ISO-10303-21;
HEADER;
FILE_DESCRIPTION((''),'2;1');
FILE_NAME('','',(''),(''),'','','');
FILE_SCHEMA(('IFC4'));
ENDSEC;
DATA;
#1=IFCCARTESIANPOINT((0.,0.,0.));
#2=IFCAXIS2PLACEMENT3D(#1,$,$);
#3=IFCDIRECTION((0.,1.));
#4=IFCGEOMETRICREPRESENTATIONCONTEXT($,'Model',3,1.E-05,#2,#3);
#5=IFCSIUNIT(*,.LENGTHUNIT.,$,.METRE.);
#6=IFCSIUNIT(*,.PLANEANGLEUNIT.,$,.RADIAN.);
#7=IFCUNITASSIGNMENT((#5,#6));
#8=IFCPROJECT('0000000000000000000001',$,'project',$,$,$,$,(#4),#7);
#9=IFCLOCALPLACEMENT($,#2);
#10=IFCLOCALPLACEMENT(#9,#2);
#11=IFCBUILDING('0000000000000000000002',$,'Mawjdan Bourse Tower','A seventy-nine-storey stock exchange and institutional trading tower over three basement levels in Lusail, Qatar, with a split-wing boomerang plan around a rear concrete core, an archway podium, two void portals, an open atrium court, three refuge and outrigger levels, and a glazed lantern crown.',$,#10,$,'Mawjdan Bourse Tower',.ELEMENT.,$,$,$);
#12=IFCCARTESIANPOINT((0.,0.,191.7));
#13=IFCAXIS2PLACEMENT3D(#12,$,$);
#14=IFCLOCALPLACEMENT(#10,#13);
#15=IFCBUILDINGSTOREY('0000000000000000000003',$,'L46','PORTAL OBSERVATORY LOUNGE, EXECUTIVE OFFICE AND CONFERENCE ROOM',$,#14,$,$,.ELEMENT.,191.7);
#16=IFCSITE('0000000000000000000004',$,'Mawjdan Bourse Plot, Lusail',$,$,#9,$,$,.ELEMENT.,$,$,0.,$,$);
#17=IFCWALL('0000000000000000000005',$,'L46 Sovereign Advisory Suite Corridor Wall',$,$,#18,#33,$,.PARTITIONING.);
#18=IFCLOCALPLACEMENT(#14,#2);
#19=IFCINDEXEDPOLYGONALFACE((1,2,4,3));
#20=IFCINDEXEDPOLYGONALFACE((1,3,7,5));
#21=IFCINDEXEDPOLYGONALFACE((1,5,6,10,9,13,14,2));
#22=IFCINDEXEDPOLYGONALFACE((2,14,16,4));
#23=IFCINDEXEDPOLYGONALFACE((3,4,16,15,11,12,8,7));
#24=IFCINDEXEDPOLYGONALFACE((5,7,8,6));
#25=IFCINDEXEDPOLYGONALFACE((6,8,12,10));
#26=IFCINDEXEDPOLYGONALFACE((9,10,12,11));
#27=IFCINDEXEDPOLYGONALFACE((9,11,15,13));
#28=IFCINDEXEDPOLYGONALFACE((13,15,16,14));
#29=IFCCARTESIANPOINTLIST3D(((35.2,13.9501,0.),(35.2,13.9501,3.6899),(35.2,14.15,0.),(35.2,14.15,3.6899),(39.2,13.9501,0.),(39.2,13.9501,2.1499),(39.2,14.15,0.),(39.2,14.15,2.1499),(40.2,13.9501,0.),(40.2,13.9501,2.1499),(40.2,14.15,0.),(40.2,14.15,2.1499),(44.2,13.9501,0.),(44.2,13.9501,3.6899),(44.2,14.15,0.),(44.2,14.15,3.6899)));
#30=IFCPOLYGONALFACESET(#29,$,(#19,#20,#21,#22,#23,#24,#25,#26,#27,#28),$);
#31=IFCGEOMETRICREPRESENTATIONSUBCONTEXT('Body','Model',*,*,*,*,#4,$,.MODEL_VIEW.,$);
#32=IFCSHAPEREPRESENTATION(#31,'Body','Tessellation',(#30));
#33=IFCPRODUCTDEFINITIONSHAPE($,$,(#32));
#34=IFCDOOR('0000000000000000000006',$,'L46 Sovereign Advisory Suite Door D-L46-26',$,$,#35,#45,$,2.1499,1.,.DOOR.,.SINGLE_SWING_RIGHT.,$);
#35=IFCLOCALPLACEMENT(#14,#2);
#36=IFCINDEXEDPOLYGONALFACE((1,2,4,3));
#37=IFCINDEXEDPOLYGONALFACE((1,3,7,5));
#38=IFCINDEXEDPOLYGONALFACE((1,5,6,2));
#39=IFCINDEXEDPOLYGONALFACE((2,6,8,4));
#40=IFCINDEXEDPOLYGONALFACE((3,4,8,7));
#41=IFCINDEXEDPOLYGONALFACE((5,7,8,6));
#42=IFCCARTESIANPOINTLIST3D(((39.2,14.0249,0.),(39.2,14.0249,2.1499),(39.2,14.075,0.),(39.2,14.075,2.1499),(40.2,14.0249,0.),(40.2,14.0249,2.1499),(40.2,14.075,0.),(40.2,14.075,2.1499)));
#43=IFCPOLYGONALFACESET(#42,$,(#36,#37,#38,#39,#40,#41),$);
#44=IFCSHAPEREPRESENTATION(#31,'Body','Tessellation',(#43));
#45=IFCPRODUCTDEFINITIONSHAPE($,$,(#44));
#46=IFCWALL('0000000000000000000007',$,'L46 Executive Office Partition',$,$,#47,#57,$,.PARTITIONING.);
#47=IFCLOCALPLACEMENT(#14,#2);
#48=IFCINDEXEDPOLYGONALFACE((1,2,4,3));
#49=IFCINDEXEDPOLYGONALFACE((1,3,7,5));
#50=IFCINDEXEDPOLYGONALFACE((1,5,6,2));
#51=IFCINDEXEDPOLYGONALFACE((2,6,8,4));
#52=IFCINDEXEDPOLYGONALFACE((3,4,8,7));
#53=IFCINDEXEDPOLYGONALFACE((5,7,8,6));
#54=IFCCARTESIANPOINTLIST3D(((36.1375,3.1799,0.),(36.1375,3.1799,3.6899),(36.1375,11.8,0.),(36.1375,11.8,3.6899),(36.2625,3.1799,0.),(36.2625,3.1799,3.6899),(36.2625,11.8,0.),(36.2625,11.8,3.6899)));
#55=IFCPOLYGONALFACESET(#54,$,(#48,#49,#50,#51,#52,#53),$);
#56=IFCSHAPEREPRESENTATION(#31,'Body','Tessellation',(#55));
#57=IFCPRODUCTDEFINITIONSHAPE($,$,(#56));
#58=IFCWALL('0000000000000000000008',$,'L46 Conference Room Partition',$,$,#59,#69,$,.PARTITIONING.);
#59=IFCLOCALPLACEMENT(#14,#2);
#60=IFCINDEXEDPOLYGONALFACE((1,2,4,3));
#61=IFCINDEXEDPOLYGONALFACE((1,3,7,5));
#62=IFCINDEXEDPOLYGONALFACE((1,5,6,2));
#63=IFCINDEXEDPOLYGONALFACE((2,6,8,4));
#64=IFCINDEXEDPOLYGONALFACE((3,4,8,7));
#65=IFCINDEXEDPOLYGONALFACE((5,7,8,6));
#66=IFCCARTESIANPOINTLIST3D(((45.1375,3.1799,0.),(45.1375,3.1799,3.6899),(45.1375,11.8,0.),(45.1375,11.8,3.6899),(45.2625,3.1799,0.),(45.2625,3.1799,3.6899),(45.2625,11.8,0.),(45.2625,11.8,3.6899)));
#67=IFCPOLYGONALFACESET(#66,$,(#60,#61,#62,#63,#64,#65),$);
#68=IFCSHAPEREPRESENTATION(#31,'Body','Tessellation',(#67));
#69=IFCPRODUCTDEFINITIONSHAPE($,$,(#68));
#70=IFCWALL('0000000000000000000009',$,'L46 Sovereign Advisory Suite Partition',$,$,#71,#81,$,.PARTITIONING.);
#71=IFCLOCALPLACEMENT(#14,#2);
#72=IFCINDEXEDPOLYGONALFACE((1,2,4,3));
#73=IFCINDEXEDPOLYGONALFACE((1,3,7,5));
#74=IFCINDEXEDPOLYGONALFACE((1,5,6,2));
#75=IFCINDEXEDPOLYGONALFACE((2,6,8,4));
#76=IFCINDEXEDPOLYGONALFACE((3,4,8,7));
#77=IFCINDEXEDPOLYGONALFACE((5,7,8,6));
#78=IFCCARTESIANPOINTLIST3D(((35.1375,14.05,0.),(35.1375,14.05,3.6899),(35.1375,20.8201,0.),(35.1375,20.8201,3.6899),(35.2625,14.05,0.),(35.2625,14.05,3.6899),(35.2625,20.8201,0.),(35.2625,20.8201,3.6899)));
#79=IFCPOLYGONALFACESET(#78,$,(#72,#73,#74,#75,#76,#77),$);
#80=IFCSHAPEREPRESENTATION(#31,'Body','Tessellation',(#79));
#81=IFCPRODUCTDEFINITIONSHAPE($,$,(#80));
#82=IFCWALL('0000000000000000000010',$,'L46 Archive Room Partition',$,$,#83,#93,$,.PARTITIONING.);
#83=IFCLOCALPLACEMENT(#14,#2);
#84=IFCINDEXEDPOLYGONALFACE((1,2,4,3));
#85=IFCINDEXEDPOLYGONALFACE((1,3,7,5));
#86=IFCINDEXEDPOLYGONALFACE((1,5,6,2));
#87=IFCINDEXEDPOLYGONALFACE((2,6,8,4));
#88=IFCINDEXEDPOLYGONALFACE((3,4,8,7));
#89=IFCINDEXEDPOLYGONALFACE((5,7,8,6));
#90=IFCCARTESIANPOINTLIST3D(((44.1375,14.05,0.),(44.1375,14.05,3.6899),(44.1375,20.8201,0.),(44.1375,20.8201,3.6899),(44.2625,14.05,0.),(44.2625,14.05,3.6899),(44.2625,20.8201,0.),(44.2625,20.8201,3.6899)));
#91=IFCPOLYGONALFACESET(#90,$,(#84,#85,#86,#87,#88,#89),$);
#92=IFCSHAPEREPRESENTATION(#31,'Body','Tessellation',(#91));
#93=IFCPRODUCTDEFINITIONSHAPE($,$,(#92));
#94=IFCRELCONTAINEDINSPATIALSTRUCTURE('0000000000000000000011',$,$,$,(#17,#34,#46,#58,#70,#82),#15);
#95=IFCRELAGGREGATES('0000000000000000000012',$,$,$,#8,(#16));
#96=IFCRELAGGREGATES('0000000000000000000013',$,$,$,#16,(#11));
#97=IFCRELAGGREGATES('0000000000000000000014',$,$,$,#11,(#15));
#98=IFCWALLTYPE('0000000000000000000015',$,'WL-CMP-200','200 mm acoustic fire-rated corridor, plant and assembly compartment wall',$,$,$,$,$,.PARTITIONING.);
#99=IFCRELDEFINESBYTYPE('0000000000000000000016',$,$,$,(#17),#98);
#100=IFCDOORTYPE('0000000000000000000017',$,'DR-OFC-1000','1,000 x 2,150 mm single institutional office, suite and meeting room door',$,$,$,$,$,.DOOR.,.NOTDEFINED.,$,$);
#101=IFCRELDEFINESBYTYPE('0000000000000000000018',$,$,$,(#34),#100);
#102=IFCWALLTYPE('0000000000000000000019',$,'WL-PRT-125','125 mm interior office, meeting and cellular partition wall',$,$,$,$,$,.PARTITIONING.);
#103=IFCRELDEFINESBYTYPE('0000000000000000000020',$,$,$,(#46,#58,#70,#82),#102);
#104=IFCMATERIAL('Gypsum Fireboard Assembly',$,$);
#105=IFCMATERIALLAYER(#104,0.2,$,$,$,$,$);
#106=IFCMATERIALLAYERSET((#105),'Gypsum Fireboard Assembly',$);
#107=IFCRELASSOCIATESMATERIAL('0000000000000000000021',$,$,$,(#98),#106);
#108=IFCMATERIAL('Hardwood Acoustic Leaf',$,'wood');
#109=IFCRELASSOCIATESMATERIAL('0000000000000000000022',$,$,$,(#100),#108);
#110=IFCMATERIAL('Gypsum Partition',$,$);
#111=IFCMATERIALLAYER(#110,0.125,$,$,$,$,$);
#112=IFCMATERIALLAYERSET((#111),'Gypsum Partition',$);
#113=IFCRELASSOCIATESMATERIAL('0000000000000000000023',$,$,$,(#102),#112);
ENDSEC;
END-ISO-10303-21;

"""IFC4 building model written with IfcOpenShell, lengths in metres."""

from ifc_helpers import new_model, si_unit, direction, frame, frame_2d, origin, place, context, subcontext, project, spatial, rectangle, extrude, material, layer, layer_set, type_object, element, fill, save


model = new_model("IFC4")

# Units and contexts
model_context = context("Model", 3, precision=1e-05, world=origin(), true_north=direction((0.0, 1.0)))
body_context = subcontext(model_context, "Body", "Model", "MODEL_VIEW")
ifc_project = project(units=[si_unit("LENGTHUNIT", "METRE"), si_unit("PLANEANGLEUNIT", "RADIAN")], contexts=[model_context])

# Site, building, storey
site_placement = place(None, origin())
site = spatial("IfcSite", under=ifc_project, at=site_placement, Name="Mawjdan Bourse Plot, Lusail", CompositionType="ELEMENT", RefElevation=0.0)
building_placement = place(site_placement, origin())
building = spatial("IfcBuilding", under=site, at=building_placement, Name="Mawjdan Bourse Tower", Description="A seventy-nine-storey stock exchange and institutional trading tower over three basement levels in Lusail, Qatar, with a split-wing boomerang plan around a rear concrete core, an archway podium, two void portals, an open atrium court, three refuge and outrigger levels, and a glazed lantern crown.", LongName="Mawjdan Bourse Tower", CompositionType="ELEMENT")
storey_placement = place(building_placement, frame((0.0, 0.0, 191.7)))
storey = spatial("IfcBuildingStorey", under=building, at=storey_placement, Name="L46", Description="PORTAL OBSERVATORY LOUNGE, EXECUTIVE OFFICE AND CONFERENCE ROOM", CompositionType="ELEMENT", Elevation=191.7)

# Wall, opening, door
ifc_material_1 = material(Name="Gypsum Fireboard Assembly")
ifc_layer_1 = layer(ifc_material_1, 0.2)
ifc_layer_set_1 = layer_set([ifc_layer_1], Name="Gypsum Fireboard Assembly")
wall_type_1 = type_object("IfcWallType", Name="WL-CMP-200", Description="200 mm acoustic fire-rated corridor, plant and assembly compartment wall", PredefinedType="PARTITIONING", material=ifc_layer_set_1)
ifc_material_2 = material(Name="Hardwood Acoustic Leaf", Category="wood")
door_type_1 = type_object("IfcDoorType", Name="DR-OFC-1000", Description="1,000 x 2,150 mm single institutional office, suite and meeting room door", OperationType="NOTDEFINED", PredefinedType="DOOR", material=ifc_material_2)
wall_1_placement = place(storey_placement, frame((35.2, 14.05, 0.0), z_axis=(0.0, 0.0, 1.0), x_axis=(1.0, 0.0, 0.0)))
wall_1 = element("IfcWall", 1, at=wall_1_placement, inside=storey, type_object=wall_type_1, Name="L46 Sovereign Advisory Suite Corridor Wall", PredefinedType="PARTITIONING", context=body_context, shape_type="SweptSolid", body=[
    extrude(rectangle(XDim=9.0, YDim=0.2, at=frame_2d((4.5, 0.0))), origin(), (0.0, 0.0, 1.0), 3.6899),
])
opening_1_placement = place(wall_1_placement, frame((4.0, 0.0, 0.0)))
opening_1 = element("IfcOpeningElement", 2, at=opening_1_placement, cuts=wall_1, PredefinedType="OPENING", context=body_context, shape_type="SweptSolid", body=[
    extrude(rectangle(XDim=1.0, YDim=2.1499, at=frame_2d((0.5, 1.075))), frame((0.0, 0.1099, 0.0), z_axis=(0.0, -1.0, 0.0), x_axis=(1.0, 0.0, 0.0)), (0.0, 0.0, 1.0), 0.22),
])
door_1_placement = place(opening_1_placement, origin())
door_1 = element("IfcDoor", 3, at=door_1_placement, inside=storey, type_object=door_type_1, Name="L46 Sovereign Advisory Suite Door D-L46-26", OperationType="SINGLE_SWING_RIGHT", OverallHeight=2.1499, OverallWidth=1.0, PredefinedType="DOOR", context=body_context, shape_type="SweptSolid", body=[
    extrude(rectangle(XDim=1.0, YDim=2.1499, at=frame_2d((0.5, 1.075))), frame((0.0, 0.0249, 0.0), z_axis=(0.0, -1.0, 0.0), x_axis=(1.0, 0.0, 0.0)), (0.0, 0.0, 1.0), 0.05),
])
fill(opening_1, door_1)

# Walls
ifc_material_3 = material(Name="Gypsum Partition")
ifc_layer_2 = layer(ifc_material_3, 0.125)
ifc_layer_set_2 = layer_set([ifc_layer_2], Name="Gypsum Partition")
wall_type_2 = type_object("IfcWallType", Name="WL-PRT-125", Description="125 mm interior office, meeting and cellular partition wall", PredefinedType="PARTITIONING", material=ifc_layer_set_2)
for number, where, z_axis, x_axis, name in (
    (4, (36.2, 3.1799, 0.0), (0.0, 0.0, 1.0), (0.0, 1.0, 0.0), "L46 Executive Office Partition"),
    (5, (45.2, 3.1799, 0.0), (0.0, 0.0, 1.0), (0.0, 1.0, 0.0), "L46 Conference Room Partition"),
):
    element("IfcWall", number, at=place(storey_placement, frame(where, z_axis=z_axis, x_axis=x_axis)), inside=storey, type_object=wall_type_2, Name=name, PredefinedType="PARTITIONING", context=body_context, shape_type="SweptSolid", body=[
        extrude(rectangle(XDim=8.6201, YDim=0.125, at=frame_2d((4.3101, 0.0))), origin(), (0.0, 0.0, 1.0), 3.6899),
    ])
for number, where, z_axis, x_axis, name in (
    (6, (35.2, 14.05, 0.0), (0.0, 0.0, 1.0), (0.0, 1.0, 0.0), "L46 Sovereign Advisory Suite Partition"),
    (7, (44.2, 14.05, 0.0), (0.0, 0.0, 1.0), (0.0, 1.0, 0.0), "L46 Archive Room Partition"),
):
    element("IfcWall", number, at=place(storey_placement, frame(where, z_axis=z_axis, x_axis=x_axis)), inside=storey, type_object=wall_type_2, Name=name, PredefinedType="PARTITIONING", context=body_context, shape_type="SweptSolid", body=[
        extrude(rectangle(XDim=6.77, YDim=0.125, at=frame_2d((3.385, 0.0))), origin(), (0.0, 0.0, 1.0), 3.6899),
    ])

save(model, "model.ifc")
